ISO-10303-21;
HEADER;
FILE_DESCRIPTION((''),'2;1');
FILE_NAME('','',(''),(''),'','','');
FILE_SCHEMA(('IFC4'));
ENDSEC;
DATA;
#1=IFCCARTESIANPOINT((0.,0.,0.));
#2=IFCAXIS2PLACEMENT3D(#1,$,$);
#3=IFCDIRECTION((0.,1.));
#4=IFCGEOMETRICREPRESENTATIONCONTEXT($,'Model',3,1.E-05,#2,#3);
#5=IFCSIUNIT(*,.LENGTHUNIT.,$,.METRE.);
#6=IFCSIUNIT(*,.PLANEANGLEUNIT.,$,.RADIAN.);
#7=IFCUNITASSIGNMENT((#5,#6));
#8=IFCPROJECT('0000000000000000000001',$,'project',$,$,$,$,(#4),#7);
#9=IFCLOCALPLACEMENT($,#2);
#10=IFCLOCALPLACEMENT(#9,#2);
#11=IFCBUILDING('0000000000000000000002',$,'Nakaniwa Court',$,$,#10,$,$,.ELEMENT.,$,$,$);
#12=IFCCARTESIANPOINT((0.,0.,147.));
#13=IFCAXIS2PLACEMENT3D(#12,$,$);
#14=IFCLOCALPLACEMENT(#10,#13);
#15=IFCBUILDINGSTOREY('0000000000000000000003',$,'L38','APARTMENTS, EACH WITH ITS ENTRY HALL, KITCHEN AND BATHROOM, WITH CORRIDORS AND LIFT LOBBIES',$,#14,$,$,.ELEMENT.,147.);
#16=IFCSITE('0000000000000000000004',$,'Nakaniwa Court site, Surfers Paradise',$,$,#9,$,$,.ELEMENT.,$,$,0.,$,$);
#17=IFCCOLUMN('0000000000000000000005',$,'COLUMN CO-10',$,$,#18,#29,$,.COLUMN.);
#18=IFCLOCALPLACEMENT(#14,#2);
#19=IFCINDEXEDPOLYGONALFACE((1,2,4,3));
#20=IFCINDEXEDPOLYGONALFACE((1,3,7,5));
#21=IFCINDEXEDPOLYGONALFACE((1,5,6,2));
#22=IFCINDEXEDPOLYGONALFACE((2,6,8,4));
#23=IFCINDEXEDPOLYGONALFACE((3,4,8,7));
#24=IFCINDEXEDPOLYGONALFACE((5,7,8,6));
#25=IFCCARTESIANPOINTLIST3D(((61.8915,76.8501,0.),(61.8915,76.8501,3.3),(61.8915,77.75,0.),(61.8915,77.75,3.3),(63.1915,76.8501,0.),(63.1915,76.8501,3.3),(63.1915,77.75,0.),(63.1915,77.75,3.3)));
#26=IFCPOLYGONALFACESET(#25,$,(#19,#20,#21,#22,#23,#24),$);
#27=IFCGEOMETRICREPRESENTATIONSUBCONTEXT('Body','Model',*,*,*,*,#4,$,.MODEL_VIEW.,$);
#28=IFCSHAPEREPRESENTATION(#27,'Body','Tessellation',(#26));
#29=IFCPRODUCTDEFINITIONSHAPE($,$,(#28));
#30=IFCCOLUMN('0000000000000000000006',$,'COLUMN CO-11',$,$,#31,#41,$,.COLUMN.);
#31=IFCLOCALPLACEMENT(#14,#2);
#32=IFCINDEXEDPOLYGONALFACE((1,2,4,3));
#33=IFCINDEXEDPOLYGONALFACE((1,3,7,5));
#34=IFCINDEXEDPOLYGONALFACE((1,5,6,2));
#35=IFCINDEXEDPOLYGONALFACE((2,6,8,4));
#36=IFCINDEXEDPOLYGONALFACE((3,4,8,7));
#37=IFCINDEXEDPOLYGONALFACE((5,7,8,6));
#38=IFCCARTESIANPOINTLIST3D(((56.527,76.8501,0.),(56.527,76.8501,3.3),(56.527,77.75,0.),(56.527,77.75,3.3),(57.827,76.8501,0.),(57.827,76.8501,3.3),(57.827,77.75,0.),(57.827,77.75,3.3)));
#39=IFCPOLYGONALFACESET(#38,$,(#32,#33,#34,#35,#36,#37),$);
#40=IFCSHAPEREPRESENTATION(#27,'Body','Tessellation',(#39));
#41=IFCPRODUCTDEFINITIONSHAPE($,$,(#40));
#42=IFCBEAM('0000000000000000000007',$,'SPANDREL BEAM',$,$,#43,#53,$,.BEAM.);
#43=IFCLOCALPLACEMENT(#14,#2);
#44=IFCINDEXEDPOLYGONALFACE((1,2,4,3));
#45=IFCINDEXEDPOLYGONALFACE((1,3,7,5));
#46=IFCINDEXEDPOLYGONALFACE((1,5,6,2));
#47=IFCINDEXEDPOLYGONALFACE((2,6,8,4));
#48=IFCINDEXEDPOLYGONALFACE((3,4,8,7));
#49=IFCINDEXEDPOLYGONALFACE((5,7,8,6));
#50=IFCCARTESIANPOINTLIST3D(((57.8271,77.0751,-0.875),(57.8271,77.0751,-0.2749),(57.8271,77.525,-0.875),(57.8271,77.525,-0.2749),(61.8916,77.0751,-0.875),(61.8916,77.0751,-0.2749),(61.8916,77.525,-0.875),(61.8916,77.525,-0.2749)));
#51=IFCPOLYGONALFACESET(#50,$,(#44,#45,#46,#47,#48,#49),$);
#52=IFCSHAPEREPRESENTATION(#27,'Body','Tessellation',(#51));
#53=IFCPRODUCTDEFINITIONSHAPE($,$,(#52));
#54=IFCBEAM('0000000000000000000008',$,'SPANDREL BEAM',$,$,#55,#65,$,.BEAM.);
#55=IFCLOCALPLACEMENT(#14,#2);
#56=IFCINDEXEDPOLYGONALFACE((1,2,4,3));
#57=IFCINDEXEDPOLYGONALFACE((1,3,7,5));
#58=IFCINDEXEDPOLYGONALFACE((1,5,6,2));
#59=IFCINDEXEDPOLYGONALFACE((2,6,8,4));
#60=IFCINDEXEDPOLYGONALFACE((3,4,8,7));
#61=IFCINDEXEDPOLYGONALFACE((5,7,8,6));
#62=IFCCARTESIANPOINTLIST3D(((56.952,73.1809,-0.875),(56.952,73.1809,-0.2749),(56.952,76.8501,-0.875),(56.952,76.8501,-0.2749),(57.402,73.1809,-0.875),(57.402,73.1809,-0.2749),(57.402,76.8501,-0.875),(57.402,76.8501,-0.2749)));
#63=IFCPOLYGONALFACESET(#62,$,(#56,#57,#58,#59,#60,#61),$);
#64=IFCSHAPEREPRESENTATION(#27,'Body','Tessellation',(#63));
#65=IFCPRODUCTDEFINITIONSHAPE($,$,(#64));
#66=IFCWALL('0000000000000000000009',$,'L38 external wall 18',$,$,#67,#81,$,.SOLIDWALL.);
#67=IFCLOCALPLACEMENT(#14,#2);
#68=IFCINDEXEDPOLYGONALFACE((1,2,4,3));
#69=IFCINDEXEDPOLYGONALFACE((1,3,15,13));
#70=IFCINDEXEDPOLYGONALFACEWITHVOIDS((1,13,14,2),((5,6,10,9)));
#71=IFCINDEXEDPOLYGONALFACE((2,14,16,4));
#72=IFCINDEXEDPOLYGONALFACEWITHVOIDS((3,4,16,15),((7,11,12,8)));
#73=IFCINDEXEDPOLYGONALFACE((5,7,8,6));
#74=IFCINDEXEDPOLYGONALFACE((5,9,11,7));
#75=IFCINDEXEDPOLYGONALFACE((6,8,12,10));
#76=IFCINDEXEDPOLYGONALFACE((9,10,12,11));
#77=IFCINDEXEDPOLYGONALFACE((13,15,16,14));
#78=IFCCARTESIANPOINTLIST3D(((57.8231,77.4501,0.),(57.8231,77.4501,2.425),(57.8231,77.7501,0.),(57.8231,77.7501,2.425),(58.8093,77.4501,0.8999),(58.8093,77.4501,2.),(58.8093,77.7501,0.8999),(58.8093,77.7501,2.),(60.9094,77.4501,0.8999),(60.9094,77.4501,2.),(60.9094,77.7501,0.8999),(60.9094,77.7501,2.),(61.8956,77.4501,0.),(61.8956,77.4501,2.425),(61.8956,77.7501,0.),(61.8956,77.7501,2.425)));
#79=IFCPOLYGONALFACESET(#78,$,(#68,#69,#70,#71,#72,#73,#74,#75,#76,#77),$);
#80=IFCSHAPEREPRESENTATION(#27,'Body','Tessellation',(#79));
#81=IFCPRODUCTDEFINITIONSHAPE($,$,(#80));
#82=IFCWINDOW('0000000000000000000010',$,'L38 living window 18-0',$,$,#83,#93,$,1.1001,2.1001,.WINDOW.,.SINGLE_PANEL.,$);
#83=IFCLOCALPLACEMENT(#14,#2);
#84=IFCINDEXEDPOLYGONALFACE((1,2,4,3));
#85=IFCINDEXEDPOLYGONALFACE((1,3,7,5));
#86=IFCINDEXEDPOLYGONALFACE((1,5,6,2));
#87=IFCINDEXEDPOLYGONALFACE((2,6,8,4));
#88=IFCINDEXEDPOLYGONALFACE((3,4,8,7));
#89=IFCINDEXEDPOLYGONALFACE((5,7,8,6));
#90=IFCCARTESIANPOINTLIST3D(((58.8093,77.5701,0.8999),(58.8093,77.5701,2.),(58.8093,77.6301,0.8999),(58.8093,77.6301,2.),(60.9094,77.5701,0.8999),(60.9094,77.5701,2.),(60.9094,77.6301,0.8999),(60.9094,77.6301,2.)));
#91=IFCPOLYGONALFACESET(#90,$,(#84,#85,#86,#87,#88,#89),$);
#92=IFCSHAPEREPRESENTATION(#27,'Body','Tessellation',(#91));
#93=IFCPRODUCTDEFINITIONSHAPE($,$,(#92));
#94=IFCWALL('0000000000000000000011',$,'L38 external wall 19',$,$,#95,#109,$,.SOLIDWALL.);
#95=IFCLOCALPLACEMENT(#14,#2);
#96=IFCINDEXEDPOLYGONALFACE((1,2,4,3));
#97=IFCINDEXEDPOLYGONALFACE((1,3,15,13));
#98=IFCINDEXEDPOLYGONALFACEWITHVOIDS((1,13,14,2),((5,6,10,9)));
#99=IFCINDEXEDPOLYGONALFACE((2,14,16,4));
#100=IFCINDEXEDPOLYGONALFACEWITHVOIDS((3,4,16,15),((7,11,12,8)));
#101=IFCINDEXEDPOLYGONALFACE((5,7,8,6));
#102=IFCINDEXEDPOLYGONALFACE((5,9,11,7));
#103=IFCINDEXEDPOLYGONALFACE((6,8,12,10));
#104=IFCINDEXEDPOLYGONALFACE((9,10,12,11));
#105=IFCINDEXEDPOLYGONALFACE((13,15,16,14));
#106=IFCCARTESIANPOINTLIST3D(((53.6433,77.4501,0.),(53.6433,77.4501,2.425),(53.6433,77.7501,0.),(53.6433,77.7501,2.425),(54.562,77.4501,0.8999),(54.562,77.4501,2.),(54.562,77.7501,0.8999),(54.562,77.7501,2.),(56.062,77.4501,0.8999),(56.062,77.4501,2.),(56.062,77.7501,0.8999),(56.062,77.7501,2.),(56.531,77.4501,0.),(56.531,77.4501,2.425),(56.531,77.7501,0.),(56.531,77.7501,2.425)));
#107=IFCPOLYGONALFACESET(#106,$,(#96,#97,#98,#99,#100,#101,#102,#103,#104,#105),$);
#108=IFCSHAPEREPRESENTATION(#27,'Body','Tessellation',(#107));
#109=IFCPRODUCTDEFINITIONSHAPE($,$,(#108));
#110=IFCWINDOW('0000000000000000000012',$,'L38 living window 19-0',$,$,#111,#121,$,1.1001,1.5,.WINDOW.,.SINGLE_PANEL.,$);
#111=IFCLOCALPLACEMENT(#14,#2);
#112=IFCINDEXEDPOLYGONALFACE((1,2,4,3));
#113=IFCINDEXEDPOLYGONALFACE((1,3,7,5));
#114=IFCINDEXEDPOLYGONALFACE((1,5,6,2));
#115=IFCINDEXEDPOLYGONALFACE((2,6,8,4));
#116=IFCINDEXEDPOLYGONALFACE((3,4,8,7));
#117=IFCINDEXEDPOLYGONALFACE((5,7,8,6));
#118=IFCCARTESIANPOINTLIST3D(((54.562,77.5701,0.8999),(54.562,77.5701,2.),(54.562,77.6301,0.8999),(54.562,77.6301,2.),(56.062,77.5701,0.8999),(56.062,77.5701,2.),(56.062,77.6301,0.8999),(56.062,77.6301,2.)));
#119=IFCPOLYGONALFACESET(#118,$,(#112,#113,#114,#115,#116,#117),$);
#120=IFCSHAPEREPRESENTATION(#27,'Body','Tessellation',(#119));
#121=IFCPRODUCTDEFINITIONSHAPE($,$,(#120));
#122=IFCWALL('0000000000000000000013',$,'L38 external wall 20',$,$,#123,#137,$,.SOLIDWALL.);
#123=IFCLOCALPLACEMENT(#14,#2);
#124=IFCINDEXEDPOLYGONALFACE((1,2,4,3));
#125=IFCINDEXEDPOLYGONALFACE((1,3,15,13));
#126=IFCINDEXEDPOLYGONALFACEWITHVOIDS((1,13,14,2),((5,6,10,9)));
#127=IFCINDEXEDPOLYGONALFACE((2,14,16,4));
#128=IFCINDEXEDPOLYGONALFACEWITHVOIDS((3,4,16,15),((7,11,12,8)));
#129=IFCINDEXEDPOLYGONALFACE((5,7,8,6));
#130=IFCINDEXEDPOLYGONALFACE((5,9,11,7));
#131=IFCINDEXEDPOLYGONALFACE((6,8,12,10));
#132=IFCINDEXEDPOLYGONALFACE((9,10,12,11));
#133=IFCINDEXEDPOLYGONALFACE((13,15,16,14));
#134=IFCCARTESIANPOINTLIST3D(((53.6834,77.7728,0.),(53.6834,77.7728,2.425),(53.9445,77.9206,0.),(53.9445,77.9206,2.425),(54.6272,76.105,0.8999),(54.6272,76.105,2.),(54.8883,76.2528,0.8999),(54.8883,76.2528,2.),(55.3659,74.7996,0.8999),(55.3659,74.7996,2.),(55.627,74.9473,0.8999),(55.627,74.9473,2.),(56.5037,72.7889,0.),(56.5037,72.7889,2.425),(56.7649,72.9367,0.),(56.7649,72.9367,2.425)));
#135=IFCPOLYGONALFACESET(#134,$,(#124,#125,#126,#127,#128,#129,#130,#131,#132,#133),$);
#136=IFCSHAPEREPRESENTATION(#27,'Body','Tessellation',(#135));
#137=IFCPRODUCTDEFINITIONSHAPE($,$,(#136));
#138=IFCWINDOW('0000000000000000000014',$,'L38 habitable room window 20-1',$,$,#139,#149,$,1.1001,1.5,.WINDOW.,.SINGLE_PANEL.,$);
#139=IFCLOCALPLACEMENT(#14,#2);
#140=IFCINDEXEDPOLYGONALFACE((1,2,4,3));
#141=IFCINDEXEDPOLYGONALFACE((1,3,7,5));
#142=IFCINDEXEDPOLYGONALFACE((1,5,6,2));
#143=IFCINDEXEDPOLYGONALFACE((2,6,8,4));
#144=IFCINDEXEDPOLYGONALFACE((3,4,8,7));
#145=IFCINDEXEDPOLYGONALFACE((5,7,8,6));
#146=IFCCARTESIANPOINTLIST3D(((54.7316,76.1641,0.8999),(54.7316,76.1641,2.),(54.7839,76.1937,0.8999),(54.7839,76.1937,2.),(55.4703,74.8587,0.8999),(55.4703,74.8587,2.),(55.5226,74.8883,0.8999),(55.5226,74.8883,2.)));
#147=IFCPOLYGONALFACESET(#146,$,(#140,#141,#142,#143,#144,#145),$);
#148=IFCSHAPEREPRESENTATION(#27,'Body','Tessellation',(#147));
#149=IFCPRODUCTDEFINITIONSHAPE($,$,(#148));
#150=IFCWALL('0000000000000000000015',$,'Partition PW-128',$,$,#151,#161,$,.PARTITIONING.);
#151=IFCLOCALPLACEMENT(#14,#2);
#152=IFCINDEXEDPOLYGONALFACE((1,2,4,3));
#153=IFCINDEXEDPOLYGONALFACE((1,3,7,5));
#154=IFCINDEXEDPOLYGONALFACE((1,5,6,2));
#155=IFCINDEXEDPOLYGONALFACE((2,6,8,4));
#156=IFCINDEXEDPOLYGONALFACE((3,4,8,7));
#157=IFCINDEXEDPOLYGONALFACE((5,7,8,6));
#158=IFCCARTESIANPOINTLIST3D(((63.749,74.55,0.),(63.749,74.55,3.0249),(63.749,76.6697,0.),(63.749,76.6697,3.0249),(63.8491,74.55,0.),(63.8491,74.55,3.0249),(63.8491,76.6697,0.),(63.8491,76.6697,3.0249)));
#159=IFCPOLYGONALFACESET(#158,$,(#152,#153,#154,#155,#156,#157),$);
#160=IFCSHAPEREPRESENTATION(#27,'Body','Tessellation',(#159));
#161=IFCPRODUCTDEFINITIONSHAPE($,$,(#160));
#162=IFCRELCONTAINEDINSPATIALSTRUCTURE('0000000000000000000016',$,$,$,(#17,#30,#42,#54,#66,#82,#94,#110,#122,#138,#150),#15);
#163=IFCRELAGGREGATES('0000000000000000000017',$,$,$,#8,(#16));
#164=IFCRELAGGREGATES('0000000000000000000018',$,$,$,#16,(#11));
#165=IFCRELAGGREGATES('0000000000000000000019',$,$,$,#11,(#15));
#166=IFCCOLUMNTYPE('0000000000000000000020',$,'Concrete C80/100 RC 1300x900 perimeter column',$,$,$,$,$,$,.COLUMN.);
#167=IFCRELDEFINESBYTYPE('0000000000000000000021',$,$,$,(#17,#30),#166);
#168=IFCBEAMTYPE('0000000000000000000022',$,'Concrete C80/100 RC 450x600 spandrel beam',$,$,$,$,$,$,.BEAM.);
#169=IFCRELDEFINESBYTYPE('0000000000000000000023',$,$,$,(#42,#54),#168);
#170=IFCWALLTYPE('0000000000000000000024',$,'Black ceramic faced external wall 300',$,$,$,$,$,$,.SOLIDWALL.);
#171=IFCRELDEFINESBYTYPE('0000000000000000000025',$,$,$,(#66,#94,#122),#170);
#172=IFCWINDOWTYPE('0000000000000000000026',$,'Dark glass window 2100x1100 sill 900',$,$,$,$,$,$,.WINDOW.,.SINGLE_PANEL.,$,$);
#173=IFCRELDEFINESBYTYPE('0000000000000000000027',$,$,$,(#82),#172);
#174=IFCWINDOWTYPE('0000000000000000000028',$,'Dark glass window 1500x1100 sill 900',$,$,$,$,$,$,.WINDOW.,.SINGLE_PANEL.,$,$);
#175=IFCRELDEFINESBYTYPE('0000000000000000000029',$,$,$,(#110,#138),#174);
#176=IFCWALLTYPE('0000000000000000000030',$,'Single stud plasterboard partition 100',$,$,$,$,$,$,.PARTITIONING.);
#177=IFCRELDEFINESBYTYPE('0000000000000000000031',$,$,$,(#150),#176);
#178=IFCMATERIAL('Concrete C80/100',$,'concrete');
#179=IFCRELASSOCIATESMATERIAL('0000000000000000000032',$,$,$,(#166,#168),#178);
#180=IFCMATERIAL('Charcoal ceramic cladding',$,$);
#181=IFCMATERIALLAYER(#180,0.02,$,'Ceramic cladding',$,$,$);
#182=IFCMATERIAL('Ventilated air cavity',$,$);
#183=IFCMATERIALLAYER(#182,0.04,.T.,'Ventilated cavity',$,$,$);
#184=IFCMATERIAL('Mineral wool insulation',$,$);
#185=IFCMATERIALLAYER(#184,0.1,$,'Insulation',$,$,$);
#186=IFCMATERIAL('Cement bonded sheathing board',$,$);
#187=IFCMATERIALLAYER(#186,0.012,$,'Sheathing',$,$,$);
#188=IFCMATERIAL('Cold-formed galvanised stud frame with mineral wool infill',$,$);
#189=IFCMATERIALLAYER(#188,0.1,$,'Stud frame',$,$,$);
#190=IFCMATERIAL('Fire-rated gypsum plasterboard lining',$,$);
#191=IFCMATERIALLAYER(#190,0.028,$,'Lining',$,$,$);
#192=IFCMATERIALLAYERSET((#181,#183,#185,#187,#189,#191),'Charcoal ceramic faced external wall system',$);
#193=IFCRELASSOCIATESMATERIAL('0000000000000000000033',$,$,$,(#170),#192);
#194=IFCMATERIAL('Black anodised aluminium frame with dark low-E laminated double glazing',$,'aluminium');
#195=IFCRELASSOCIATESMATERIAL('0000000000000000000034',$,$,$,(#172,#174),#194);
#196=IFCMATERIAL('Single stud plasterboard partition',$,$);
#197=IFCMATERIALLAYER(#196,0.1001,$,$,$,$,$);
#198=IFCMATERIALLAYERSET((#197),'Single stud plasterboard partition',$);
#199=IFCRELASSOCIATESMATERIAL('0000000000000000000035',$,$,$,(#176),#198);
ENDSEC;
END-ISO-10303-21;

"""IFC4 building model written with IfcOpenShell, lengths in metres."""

from ifc_helpers import new_model, si_unit, direction, frame, frame_2d, origin, origin_2d, place, context, subcontext, project, spatial, rectangle, extrude, material, layer, layer_set, material_profile, profile_set, type_object, element, fill, save


model = new_model("IFC4")

# Units and contexts
model_context = context("Model", 3, precision=1e-05, world=origin(), true_north=direction((0.0, 1.0)))
body_context = subcontext(model_context, "Body", "Model", "MODEL_VIEW")
ifc_project = project(units=[si_unit("LENGTHUNIT", "METRE"), si_unit("PLANEANGLEUNIT", "RADIAN")], contexts=[model_context])

# Site, building, storey
site_placement = place(None, origin())
site = spatial("IfcSite", under=ifc_project, at=site_placement, Name="Nakaniwa Court site, Surfers Paradise", CompositionType="ELEMENT", RefElevation=0.0)
building_placement = place(site_placement, origin())
building = spatial("IfcBuilding", under=site, at=building_placement, Name="Nakaniwa Court", CompositionType="ELEMENT")
storey_placement = place(building_placement, frame((0.0, 0.0, 147.0)))
storey = spatial("IfcBuildingStorey", under=building, at=storey_placement, Name="L38", Description="APARTMENTS, EACH WITH ITS ENTRY HALL, KITCHEN AND BATHROOM, WITH CORRIDORS AND LIFT LOBBIES", CompositionType="ELEMENT", Elevation=147.0)

# Columns
ifc_material_1 = material(Name="Concrete C80/100", Category="concrete")
ifc_material_profile_1 = material_profile(ifc_material_1, rectangle(XDim=1.3, YDim=0.8999, at=origin_2d()), Name="Concrete C80/100 RC 1300x900 perimeter column")
ifc_profile_set_1 = profile_set([ifc_material_profile_1], Name="Concrete C80/100")
column_type = type_object("IfcColumnType", Name="Concrete C80/100 RC 1300x900 perimeter column", PredefinedType="COLUMN", material=ifc_profile_set_1)
for number, where, z_axis, x_axis, name in (
    (1, (62.5415, 77.3, 0.0), (0.0, 0.0, 1.0), (-1.0, 0.0, 0.0), "COLUMN CO-10"),
    (2, (57.177, 77.3, 0.0), (0.0, 0.0, 1.0), (-1.0, 0.0, 0.0), "COLUMN CO-11"),
):
    element("IfcColumn", number, at=place(storey_placement, frame(where, z_axis=z_axis, x_axis=x_axis)), inside=storey, type_object=column_type, Name=name, PredefinedType="COLUMN", context=body_context, shape_type="SweptSolid", body=[
        extrude(rectangle(XDim=1.3, YDim=0.8999, at=origin_2d()), origin(), (0.0, 0.0, 1.0), 3.3),
    ])

# Beams
ifc_material_profile_2 = material_profile(ifc_material_1, rectangle(XDim=0.45, YDim=0.6001, at=origin_2d()), Name="Concrete C80/100 RC 450x600 spandrel beam")
ifc_profile_set_2 = profile_set([ifc_material_profile_2], Name="Concrete C80/100")
beam_type = type_object("IfcBeamType", Name="Concrete C80/100 RC 450x600 spandrel beam", PredefinedType="BEAM", material=ifc_profile_set_2)
beam_1_placement = place(storey_placement, frame((61.8916, 77.3, -0.575), z_axis=(-1.0, 0.0, 0.0), x_axis=(0.0, -1.0, 0.0)))
element("IfcBeam", 3, at=beam_1_placement, inside=storey, type_object=beam_type, Name="SPANDREL BEAM", PredefinedType="BEAM", context=body_context, shape_type="SweptSolid", body=[
    extrude(rectangle(XDim=0.45, YDim=0.6001, at=origin_2d()), origin(), (0.0, 0.0, 1.0), 4.0645),
])
beam_2_placement = place(storey_placement, frame((57.177, 76.8501, -0.575), z_axis=(0.0, -1.0, 0.0), x_axis=(1.0, 0.0, 0.0)))
element("IfcBeam", 4, at=beam_2_placement, inside=storey, type_object=beam_type, Name="SPANDREL BEAM", PredefinedType="BEAM", context=body_context, shape_type="SweptSolid", body=[
    extrude(rectangle(XDim=0.45, YDim=0.6001, at=origin_2d()), origin(), (0.0, 0.0, 1.0), 3.6692),
])

# Walls, openings, windows
ifc_material_2 = material(Name="Charcoal ceramic cladding")
ifc_layer_1 = layer(ifc_material_2, 0.02, Name="Ceramic cladding")
ifc_material_3 = material(Name="Ventilated air cavity")
ifc_layer_2 = layer(ifc_material_3, 0.04, ventilated=True, Name="Ventilated cavity")
ifc_material_4 = material(Name="Mineral wool insulation")
ifc_layer_3 = layer(ifc_material_4, 0.1, Name="Insulation")
ifc_material_5 = material(Name="Cement bonded sheathing board")
ifc_layer_4 = layer(ifc_material_5, 0.012, Name="Sheathing")
ifc_material_6 = material(Name="Cold-formed galvanised stud frame with mineral wool infill")
ifc_layer_5 = layer(ifc_material_6, 0.1, Name="Stud frame")
ifc_material_7 = material(Name="Fire-rated gypsum plasterboard lining")
ifc_layer_6 = layer(ifc_material_7, 0.028, Name="Lining")
ifc_layer_set_1 = layer_set([ifc_layer_1, ifc_layer_2, ifc_layer_3, ifc_layer_4, ifc_layer_5, ifc_layer_6], Name="Charcoal ceramic faced external wall system")
wall_type_1 = type_object("IfcWallType", Name="Black ceramic faced external wall 300", PredefinedType="SOLIDWALL", material=ifc_layer_set_1)
wall_1_placement = place(storey_placement, frame((61.8955, 77.6001, 0.0), z_axis=(0.0, 0.0, 1.0), x_axis=(-1.0, 0.0, 0.0)))
wall_1 = element("IfcWall", 5, at=wall_1_placement, inside=storey, type_object=wall_type_1, Name="L38 external wall 18", PredefinedType="SOLIDWALL", context=body_context, shape_type="SweptSolid", body=[
    extrude(rectangle(XDim=4.0725, YDim=0.3, at=frame_2d((2.0361, 0.0))), origin(), (0.0, 0.0, 1.0), 2.425),
])
opening_1_placement = place(wall_1_placement, frame((0.9861, 0.0, 0.8999)))
opening_1 = element("IfcOpeningElement", 6, at=opening_1_placement, cuts=wall_1, PredefinedType="OPENING", context=body_context, shape_type="SweptSolid", body=[
    extrude(rectangle(XDim=2.1001, YDim=1.1001, at=frame_2d((1.05, 0.55))), frame((0.0, 0.1599, 0.0), z_axis=(0.0, -1.0, 0.0), x_axis=(1.0, 0.0, 0.0)), (0.0, 0.0, 1.0), 0.3201),
])
ifc_material_8 = material(Name="Black anodised aluminium frame with dark low-E laminated double glazing", Category="aluminium")
window_type_1 = type_object("IfcWindowType", Name="Dark glass window 2100x1100 sill 900", PartitioningType="SINGLE_PANEL", PredefinedType="WINDOW", material=ifc_material_8)
window_1_placement = place(opening_1_placement, origin())
window_1 = element("IfcWindow", 7, at=window_1_placement, inside=storey, type_object=window_type_1, Name="L38 living window 18-0", OverallHeight=1.1001, OverallWidth=2.1001, PartitioningType="SINGLE_PANEL", PredefinedType="WINDOW", context=body_context, shape_type="SweptSolid", body=[
    extrude(rectangle(XDim=2.1001, YDim=1.1001, at=frame_2d((1.05, 0.55))), frame((0.0, 0.03, 0.0), z_axis=(0.0, -1.0, 0.0), x_axis=(1.0, 0.0, 0.0)), (0.0, 0.0, 1.0), 0.0601),
])
fill(opening_1, window_1)
wall_2_placement = place(storey_placement, frame((56.531, 77.6001, 0.0), z_axis=(0.0, 0.0, 1.0), x_axis=(-1.0, 0.0, 0.0)))
wall_2 = element("IfcWall", 8, at=wall_2_placement, inside=storey, type_object=wall_type_1, Name="L38 external wall 19", PredefinedType="SOLIDWALL", context=body_context, shape_type="SweptSolid", body=[
    extrude(rectangle(XDim=2.8877, YDim=0.3, at=frame_2d((1.4438, 0.0))), origin(), (0.0, 0.0, 1.0), 2.425),
])
opening_2_placement = place(wall_2_placement, frame((0.469, 0.0, 0.8999)))
opening_2 = element("IfcOpeningElement", 9, at=opening_2_placement, cuts=wall_2, PredefinedType="OPENING", context=body_context, shape_type="SweptSolid", body=[
    extrude(rectangle(XDim=1.5, YDim=1.1001, at=frame_2d((0.75, 0.55))), frame((0.0, 0.1599, 0.0), z_axis=(0.0, -1.0, 0.0), x_axis=(1.0, 0.0, 0.0)), (0.0, 0.0, 1.0), 0.3201),
])
window_type_2 = type_object("IfcWindowType", Name="Dark glass window 1500x1100 sill 900", PartitioningType="SINGLE_PANEL", PredefinedType="WINDOW", material=ifc_material_8)
window_2_placement = place(opening_2_placement, origin())
window_2 = element("IfcWindow", 10, at=window_2_placement, inside=storey, type_object=window_type_2, Name="L38 living window 19-0", OverallHeight=1.1001, OverallWidth=1.5, PartitioningType="SINGLE_PANEL", PredefinedType="WINDOW", context=body_context, shape_type="SweptSolid", body=[
    extrude(rectangle(XDim=1.5, YDim=1.1001, at=frame_2d((0.75, 0.55))), frame((0.0, 0.03, 0.0), z_axis=(0.0, -1.0, 0.0), x_axis=(1.0, 0.0, 0.0)), (0.0, 0.0, 1.0), 0.0601),
])
fill(opening_2, window_2)
wall_3_placement = place(storey_placement, frame((53.814, 77.8467, 0.0), z_axis=(0.0, 0.0, 1.0), x_axis=(0.492498, -0.870313, 0.0)))
wall_3 = element("IfcWall", 11, at=wall_3_placement, inside=storey, type_object=wall_type_1, Name="L38 external wall 20", PredefinedType="SOLIDWALL", context=body_context, shape_type="SweptSolid", body=[
    extrude(rectangle(XDim=5.7266, YDim=0.3, at=frame_2d((2.8633, 0.0))), origin(), (0.0, 0.0, 1.0), 2.425),
])
opening_3_placement = place(wall_3_placement, frame((1.9163, 0.0, 0.8999)))
opening_3 = element("IfcOpeningElement", 12, at=opening_3_placement, cuts=wall_3, PredefinedType="OPENING", context=body_context, shape_type="SweptSolid", body=[
    extrude(rectangle(XDim=1.5, YDim=1.1001, at=frame_2d((0.75, 0.55))), frame((0.0, 0.1599, 0.0), z_axis=(0.0, -1.0, 0.0), x_axis=(1.0, 0.0, 0.0)), (0.0, 0.0, 1.0), 0.3201),
])
window_3_placement = place(opening_3_placement, origin())
window_3 = element("IfcWindow", 13, at=window_3_placement, inside=storey, type_object=window_type_2, Name="L38 habitable room window 20-1", OverallHeight=1.1001, OverallWidth=1.5, PartitioningType="SINGLE_PANEL", PredefinedType="WINDOW", context=body_context, shape_type="SweptSolid", body=[
    extrude(rectangle(XDim=1.5, YDim=1.1001, at=frame_2d((0.75, 0.55))), frame((0.0, 0.03, 0.0), z_axis=(0.0, -1.0, 0.0), x_axis=(1.0, 0.0, 0.0)), (0.0, 0.0, 1.0), 0.0601),
])
fill(opening_3, window_3)

# Wall
ifc_material_9 = material(Name="Single stud plasterboard partition")
ifc_layer_7 = layer(ifc_material_9, 0.1001)
ifc_layer_set_2 = layer_set([ifc_layer_7], Name="Single stud plasterboard partition")
wall_type_2 = type_object("IfcWallType", Name="Single stud plasterboard partition 100", PredefinedType="PARTITIONING", material=ifc_layer_set_2)
wall_4_placement = place(storey_placement, frame((63.7991, 74.55, 0.0), z_axis=(0.0, 0.0, 1.0), x_axis=(0.0, 1.0, 0.0)))
element("IfcWall", 14, at=wall_4_placement, inside=storey, type_object=wall_type_2, Name="Partition PW-128", PredefinedType="PARTITIONING", context=body_context, shape_type="SweptSolid", body=[
    extrude(rectangle(XDim=2.1196, YDim=0.1001, at=frame_2d((1.0598, 0.0))), origin(), (0.0, 0.0, 1.0), 3.0249),
])

save(model, "model.ifc")
